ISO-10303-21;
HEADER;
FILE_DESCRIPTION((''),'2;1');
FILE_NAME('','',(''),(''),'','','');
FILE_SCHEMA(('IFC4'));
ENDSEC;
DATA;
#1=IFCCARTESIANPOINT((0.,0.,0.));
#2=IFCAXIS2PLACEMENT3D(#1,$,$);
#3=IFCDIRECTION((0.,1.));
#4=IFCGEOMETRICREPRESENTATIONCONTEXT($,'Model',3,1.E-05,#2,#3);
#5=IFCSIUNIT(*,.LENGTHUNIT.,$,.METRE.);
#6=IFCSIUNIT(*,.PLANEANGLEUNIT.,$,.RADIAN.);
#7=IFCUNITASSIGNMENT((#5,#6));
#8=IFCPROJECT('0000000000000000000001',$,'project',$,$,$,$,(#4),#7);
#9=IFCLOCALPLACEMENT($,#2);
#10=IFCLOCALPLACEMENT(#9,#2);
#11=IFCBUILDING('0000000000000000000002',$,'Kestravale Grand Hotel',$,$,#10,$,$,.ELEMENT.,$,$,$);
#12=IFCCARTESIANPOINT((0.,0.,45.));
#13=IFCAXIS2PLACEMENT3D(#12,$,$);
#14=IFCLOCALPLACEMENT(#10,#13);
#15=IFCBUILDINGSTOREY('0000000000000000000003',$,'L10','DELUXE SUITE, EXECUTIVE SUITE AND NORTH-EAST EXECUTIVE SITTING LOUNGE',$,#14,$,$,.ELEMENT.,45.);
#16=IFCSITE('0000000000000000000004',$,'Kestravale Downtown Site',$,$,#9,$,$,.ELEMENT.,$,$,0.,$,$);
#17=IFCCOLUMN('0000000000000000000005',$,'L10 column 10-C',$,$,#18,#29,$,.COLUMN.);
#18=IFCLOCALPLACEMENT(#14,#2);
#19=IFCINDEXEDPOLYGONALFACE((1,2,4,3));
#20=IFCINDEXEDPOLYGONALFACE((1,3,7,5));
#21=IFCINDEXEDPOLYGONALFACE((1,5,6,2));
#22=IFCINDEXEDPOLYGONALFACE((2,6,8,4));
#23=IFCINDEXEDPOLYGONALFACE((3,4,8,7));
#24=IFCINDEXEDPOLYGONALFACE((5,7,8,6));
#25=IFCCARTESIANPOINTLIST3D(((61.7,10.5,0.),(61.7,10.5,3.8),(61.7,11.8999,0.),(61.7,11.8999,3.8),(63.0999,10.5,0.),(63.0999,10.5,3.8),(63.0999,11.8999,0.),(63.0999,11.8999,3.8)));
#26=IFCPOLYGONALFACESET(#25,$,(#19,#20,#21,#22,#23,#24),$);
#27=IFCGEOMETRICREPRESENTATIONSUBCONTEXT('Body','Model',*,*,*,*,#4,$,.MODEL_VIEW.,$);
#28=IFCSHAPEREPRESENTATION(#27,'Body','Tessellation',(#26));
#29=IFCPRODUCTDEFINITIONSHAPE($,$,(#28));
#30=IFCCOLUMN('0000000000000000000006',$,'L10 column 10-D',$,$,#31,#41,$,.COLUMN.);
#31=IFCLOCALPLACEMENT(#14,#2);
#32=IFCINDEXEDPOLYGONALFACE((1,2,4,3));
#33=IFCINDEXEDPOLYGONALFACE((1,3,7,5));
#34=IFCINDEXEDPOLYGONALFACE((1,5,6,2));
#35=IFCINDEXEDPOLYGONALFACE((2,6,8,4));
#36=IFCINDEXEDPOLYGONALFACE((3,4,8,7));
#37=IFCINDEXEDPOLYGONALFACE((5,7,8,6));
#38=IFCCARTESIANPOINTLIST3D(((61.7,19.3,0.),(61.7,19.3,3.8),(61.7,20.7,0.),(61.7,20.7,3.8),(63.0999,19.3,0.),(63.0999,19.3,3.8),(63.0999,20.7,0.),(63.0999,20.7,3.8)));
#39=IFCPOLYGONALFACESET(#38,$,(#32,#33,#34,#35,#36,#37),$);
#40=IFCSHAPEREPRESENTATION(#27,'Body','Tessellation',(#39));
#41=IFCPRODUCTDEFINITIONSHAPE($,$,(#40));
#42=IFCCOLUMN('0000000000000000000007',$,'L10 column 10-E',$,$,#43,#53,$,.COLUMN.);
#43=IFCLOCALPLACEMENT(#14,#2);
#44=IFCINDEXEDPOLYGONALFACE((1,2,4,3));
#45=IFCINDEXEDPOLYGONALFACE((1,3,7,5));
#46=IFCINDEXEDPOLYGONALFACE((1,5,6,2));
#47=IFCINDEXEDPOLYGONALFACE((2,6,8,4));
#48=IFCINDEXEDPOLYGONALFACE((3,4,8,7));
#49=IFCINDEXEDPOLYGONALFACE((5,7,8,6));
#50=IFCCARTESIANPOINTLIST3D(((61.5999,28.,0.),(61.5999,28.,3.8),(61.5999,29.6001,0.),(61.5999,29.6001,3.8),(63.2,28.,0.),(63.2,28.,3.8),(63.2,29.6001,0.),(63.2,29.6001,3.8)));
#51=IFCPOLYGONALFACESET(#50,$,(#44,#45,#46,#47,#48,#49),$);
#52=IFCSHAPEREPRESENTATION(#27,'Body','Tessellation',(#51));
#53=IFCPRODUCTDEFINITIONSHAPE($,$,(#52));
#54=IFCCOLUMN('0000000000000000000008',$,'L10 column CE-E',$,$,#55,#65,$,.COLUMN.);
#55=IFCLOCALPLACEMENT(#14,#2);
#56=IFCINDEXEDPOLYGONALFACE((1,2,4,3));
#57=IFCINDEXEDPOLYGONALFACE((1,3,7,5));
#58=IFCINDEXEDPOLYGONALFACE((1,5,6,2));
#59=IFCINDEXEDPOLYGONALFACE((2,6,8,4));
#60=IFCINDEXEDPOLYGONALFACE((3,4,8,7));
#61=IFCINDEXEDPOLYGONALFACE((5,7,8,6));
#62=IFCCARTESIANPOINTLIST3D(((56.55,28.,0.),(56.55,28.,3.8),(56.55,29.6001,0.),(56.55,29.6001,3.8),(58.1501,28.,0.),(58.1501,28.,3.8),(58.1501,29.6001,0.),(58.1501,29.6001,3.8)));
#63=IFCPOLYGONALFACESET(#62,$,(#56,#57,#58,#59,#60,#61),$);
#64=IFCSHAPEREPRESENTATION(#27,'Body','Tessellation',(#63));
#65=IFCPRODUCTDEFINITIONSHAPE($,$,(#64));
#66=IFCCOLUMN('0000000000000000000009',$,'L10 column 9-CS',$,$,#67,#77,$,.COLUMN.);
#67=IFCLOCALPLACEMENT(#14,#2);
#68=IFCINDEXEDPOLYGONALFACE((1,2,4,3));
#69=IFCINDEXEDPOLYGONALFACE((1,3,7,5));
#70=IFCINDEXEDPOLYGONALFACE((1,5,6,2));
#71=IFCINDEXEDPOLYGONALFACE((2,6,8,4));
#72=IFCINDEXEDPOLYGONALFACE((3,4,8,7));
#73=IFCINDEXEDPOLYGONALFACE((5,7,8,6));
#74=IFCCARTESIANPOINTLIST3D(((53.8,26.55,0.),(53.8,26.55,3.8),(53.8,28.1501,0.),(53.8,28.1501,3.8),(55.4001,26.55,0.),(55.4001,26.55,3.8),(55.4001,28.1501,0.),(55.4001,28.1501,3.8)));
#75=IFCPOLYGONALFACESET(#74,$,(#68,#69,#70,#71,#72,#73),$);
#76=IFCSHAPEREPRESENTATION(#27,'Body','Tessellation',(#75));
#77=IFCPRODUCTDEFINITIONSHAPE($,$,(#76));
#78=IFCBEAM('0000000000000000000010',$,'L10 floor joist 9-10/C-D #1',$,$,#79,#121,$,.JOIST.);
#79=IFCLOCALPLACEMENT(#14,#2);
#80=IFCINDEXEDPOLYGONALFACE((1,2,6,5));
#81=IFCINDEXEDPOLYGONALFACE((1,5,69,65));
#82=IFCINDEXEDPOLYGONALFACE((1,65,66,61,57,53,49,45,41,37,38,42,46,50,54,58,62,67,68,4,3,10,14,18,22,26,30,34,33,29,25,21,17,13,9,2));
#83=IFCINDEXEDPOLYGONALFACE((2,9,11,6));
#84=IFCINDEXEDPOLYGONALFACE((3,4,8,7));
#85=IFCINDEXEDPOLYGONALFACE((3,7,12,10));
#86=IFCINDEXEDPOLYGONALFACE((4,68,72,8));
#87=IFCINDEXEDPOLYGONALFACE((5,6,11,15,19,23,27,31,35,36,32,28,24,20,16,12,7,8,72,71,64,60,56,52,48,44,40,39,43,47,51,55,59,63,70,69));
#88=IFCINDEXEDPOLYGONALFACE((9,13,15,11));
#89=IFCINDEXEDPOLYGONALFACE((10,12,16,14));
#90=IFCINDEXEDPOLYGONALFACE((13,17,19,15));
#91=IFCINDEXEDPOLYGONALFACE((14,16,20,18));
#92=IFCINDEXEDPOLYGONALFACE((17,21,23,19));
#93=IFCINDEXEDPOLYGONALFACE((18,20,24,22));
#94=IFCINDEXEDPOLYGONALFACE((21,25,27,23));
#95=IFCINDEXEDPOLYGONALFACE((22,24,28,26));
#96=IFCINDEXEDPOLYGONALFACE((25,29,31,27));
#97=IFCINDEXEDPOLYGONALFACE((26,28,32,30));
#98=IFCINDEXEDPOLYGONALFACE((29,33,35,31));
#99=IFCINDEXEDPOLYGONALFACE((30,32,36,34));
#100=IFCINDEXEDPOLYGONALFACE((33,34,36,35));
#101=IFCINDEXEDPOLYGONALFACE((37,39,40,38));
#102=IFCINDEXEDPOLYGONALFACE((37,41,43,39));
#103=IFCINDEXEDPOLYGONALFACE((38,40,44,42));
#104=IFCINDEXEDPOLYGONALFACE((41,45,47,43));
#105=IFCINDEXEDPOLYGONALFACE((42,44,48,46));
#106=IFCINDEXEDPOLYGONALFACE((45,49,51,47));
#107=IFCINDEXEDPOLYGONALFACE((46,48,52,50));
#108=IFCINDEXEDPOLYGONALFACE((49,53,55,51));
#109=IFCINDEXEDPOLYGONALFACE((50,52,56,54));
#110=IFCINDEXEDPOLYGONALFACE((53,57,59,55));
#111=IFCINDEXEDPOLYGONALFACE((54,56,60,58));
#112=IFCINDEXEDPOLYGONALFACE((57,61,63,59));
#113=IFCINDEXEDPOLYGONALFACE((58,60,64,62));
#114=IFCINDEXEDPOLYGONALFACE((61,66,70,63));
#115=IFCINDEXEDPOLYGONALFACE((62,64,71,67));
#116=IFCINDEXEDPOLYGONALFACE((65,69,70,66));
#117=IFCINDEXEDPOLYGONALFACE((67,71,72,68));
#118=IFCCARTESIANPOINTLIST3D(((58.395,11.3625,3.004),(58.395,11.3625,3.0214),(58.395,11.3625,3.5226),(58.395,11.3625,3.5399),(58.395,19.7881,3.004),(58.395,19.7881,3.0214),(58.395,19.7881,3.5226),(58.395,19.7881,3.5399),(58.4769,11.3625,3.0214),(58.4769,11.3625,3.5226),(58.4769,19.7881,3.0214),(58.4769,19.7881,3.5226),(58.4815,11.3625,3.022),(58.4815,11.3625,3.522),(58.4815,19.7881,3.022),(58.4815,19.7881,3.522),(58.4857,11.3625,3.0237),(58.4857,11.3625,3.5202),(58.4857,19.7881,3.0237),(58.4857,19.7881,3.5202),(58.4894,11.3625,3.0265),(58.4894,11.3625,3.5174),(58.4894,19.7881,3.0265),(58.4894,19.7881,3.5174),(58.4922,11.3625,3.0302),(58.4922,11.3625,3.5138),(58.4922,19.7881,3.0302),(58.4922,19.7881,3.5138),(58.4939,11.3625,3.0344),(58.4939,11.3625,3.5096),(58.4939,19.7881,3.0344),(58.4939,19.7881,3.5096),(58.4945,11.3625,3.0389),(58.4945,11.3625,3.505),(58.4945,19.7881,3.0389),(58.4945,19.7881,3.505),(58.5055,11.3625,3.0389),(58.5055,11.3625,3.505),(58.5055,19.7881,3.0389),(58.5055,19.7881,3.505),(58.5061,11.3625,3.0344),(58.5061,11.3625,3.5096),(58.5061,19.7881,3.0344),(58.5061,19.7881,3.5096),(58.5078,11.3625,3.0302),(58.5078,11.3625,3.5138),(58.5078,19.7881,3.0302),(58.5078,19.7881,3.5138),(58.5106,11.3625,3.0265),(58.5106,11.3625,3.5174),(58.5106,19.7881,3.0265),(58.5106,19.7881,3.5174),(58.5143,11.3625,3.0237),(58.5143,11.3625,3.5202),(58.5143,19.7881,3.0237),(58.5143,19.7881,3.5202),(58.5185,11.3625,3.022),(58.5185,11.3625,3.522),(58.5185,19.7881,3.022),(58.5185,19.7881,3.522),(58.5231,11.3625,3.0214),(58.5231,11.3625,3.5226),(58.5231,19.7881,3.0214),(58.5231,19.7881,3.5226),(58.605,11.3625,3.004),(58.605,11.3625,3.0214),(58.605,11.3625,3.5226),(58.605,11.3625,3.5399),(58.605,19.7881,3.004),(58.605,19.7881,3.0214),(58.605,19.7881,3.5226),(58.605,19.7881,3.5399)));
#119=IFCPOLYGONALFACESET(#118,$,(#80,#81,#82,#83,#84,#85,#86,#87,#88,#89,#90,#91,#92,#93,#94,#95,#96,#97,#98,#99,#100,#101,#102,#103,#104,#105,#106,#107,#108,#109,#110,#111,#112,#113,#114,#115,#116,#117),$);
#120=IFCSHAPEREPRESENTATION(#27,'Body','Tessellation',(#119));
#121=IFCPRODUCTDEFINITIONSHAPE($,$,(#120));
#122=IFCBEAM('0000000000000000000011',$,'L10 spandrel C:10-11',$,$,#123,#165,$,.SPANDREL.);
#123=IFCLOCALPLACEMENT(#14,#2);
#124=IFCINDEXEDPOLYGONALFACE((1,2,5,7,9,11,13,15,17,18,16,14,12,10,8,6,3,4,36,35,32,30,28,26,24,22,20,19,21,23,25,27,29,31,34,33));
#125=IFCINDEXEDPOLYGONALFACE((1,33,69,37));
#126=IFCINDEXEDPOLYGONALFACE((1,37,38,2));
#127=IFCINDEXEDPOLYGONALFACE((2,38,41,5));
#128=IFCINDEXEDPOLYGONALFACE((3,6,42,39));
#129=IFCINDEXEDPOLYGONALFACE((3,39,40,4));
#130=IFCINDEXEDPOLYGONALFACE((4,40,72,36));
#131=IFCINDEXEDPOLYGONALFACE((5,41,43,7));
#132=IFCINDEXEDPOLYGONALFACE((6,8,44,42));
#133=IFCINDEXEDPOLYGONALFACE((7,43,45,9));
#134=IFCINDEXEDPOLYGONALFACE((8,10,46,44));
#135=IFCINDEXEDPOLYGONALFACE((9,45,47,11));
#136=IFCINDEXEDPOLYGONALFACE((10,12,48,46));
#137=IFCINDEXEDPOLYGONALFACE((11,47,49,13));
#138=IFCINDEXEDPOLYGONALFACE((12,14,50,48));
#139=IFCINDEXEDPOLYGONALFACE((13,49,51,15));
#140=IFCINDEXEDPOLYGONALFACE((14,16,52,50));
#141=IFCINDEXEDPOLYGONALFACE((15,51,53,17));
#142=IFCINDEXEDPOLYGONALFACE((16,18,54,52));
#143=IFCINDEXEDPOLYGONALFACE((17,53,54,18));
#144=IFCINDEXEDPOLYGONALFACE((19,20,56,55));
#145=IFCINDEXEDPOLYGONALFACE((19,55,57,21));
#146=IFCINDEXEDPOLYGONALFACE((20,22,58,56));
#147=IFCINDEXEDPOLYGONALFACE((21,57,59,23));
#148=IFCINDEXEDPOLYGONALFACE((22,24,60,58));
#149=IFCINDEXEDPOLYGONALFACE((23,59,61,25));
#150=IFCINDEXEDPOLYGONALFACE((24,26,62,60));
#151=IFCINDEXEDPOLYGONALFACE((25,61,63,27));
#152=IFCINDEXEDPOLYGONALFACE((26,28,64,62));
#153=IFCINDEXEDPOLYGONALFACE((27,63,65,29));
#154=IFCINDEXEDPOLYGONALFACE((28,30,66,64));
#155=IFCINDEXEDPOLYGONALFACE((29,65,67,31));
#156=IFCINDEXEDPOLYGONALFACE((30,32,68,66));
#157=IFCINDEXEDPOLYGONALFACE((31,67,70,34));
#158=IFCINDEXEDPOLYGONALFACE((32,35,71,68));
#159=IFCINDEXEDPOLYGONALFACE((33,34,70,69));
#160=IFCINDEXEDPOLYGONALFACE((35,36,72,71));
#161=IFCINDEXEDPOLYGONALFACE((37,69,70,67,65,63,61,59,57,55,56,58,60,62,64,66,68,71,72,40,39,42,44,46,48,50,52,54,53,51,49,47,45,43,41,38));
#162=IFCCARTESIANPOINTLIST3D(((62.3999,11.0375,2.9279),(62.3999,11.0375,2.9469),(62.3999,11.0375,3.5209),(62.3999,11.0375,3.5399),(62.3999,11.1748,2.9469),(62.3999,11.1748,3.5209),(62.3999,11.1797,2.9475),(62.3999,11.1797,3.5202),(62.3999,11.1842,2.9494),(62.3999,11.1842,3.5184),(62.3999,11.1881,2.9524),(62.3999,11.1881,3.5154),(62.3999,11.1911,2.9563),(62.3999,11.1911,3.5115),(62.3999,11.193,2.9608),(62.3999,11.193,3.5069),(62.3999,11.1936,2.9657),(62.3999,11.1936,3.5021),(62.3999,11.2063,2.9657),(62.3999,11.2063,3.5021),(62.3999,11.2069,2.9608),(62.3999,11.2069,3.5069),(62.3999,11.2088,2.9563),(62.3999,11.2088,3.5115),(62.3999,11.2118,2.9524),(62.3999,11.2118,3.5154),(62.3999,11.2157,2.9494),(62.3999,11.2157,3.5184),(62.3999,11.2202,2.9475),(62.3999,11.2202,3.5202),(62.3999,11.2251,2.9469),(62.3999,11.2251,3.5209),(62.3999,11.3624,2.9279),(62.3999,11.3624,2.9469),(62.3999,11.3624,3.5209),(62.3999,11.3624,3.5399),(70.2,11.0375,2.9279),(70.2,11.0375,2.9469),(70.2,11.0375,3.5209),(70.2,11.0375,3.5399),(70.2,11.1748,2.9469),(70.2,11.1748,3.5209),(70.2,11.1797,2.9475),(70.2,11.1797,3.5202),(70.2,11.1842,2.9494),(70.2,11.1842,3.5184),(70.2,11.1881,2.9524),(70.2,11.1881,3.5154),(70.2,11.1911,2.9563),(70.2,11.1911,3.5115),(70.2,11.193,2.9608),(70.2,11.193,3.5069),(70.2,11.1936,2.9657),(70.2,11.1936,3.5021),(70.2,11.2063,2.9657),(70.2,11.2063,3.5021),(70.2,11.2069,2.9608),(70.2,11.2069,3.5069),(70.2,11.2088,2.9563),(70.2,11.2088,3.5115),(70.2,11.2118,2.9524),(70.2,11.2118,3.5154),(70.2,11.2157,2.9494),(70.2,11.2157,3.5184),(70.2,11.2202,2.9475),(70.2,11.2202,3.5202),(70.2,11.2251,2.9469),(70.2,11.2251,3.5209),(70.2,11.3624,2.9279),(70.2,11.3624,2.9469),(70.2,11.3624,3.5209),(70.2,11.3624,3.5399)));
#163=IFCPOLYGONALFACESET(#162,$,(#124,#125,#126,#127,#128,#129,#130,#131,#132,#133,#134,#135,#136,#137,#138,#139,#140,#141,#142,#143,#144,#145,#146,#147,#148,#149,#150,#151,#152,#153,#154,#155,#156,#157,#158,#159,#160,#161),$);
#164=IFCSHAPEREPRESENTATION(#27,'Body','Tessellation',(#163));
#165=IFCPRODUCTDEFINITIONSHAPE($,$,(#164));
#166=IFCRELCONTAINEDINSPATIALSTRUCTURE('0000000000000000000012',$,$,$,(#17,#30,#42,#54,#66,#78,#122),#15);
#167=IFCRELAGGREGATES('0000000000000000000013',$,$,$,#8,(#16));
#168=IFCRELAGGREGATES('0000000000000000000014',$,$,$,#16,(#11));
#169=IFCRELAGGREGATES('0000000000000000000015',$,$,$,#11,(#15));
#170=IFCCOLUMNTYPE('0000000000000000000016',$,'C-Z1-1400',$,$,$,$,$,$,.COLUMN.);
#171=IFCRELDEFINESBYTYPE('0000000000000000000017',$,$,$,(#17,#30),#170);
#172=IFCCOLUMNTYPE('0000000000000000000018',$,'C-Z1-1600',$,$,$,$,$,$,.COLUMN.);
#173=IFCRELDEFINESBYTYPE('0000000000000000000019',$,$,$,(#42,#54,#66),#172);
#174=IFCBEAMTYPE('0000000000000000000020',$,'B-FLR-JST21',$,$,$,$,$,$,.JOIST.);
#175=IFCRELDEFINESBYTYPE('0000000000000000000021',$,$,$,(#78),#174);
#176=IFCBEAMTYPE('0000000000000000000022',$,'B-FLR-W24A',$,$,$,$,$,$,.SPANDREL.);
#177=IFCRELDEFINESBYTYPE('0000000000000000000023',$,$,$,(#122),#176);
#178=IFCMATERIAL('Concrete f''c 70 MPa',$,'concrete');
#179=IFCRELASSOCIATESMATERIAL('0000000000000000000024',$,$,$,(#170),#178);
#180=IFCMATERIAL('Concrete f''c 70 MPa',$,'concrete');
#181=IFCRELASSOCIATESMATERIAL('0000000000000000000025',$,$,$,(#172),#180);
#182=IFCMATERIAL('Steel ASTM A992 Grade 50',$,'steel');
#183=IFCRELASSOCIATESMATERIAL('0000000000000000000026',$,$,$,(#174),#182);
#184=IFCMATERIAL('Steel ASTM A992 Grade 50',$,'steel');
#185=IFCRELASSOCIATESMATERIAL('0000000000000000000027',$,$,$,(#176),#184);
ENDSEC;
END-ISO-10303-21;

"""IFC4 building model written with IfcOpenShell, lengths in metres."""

from ifc_helpers import new_model, si_unit, direction, frame, origin, origin_2d, place, context, subcontext, project, spatial, rectangle, i_section, extrude, material, material_profile, profile_set, type_object, element, save


model = new_model("IFC4")

# Units and contexts
model_context = context("Model", 3, precision=1e-05, world=origin(), true_north=direction((0.0, 1.0)))
body_context = subcontext(model_context, "Body", "Model", "MODEL_VIEW")
ifc_project = project(units=[si_unit("LENGTHUNIT", "METRE"), si_unit("PLANEANGLEUNIT", "RADIAN")], contexts=[model_context])

# Site, building, storey
site_placement = place(None, origin())
site = spatial("IfcSite", under=ifc_project, at=site_placement, Name="Kestravale Downtown Site", CompositionType="ELEMENT", RefElevation=0.0)
building_placement = place(site_placement, origin())
building = spatial("IfcBuilding", under=site, at=building_placement, Name="Kestravale Grand Hotel", CompositionType="ELEMENT")
storey_placement = place(building_placement, frame((0.0, 0.0, 45.0)))
storey = spatial("IfcBuildingStorey", under=building, at=storey_placement, Name="L10", Description="DELUXE SUITE, EXECUTIVE SUITE AND NORTH-EAST EXECUTIVE SITTING LOUNGE", CompositionType="ELEMENT", Elevation=45.0)

# Columns
ifc_material_1 = material(Name="Concrete f'c 70 MPa", Category="concrete")
ifc_material_profile_1 = material_profile(ifc_material_1, rectangle(XDim=1.3999, YDim=1.3999, at=origin_2d()))
ifc_profile_set_1 = profile_set([ifc_material_profile_1], Name="Concrete f'c 70 MPa")
column_type_1 = type_object("IfcColumnType", Name="C-Z1-1400", PredefinedType="COLUMN", material=ifc_profile_set_1)
for number, where, z_axis, x_axis, name in (
    (1, (62.3999, 11.2, 0.0), (0.0, 0.0, 1.0), (1.0, 0.0, 0.0), "L10 column 10-C"),
    (2, (62.3999, 20.0, 0.0), (0.0, 0.0, 1.0), (1.0, 0.0, 0.0), "L10 column 10-D"),
):
    element("IfcColumn", number, at=place(storey_placement, frame(where, z_axis=z_axis, x_axis=x_axis)), inside=storey, type_object=column_type_1, Name=name, PredefinedType="COLUMN", context=body_context, shape_type="SweptSolid", body=[
        extrude(rectangle(XDim=1.3999, YDim=1.3999, at=origin_2d()), origin(), (0.0, 0.0, 1.0), 3.8),
    ])
ifc_material_2 = material(Name="Concrete f'c 70 MPa", Category="concrete")
ifc_material_profile_2 = material_profile(ifc_material_2, rectangle(XDim=1.6001, YDim=1.6001, at=origin_2d()))
ifc_profile_set_2 = profile_set([ifc_material_profile_2], Name="Concrete f'c 70 MPa")
column_type_2 = type_object("IfcColumnType", Name="C-Z1-1600", PredefinedType="COLUMN", material=ifc_profile_set_2)
for number, where, z_axis, x_axis, name in (
    (3, (62.3999, 28.8, 0.0), (0.0, 0.0, 1.0), (1.0, 0.0, 0.0), "L10 column 10-E"),
    (4, (57.3501, 28.8, 0.0), (0.0, 0.0, 1.0), (1.0, 0.0, 0.0), "L10 column CE-E"),
    (5, (54.6001, 27.3501, 0.0), (0.0, 0.0, 1.0), (1.0, 0.0, 0.0), "L10 column 9-CS"),
):
    element("IfcColumn", number, at=place(storey_placement, frame(where, z_axis=z_axis, x_axis=x_axis)), inside=storey, type_object=column_type_2, Name=name, PredefinedType="COLUMN", context=body_context, shape_type="SweptSolid", body=[
        extrude(rectangle(XDim=1.6001, YDim=1.6001, at=origin_2d()), origin(), (0.0, 0.0, 1.0), 3.8),
    ])

# Beams
ifc_material_3 = material(Name="Steel ASTM A992 Grade 50", Category="steel")
ifc_material_profile_3 = material_profile(ifc_material_3, i_section(OverallWidth=0.21, OverallDepth=0.5359, WebThickness=0.011, FlangeThickness=0.0173, FilletRadius=0.0176, at=origin_2d()))
ifc_profile_set_3 = profile_set([ifc_material_profile_3], Name="Steel ASTM A992 Grade 50")
beam_type_1 = type_object("IfcBeamType", Name="B-FLR-JST21", PredefinedType="JOIST", material=ifc_profile_set_3)
beam_1_placement = place(storey_placement, frame((58.5, 11.3625, 3.272), z_axis=(0.0, 1.0, 0.0), x_axis=(-1.0, 0.0, 0.0)))
element("IfcBeam", 6, at=beam_1_placement, inside=storey, type_object=beam_type_1, Name="L10 floor joist 9-10/C-D #1", PredefinedType="JOIST", context=body_context, shape_type="SweptSolid", body=[
    extrude(i_section(OverallWidth=0.21, OverallDepth=0.5359, WebThickness=0.011, FlangeThickness=0.0173, FilletRadius=0.0176, at=origin_2d()), origin(), (0.0, 0.0, 1.0), 8.4255),
])
ifc_material_4 = material(Name="Steel ASTM A992 Grade 50", Category="steel")
ifc_material_profile_4 = material_profile(ifc_material_4, i_section(OverallWidth=0.325, OverallDepth=0.6121, WebThickness=0.0127, FlangeThickness=0.019, FilletRadius=0.0188, at=origin_2d()))
ifc_profile_set_4 = profile_set([ifc_material_profile_4], Name="Steel ASTM A992 Grade 50")
beam_type_2 = type_object("IfcBeamType", Name="B-FLR-W24A", PredefinedType="SPANDREL", material=ifc_profile_set_4)
beam_2_placement = place(storey_placement, frame((62.3999, 11.2, 3.2339), z_axis=(1.0, 0.0, 0.0), x_axis=(0.0, 1.0, 0.0)))
element("IfcBeam", 7, at=beam_2_placement, inside=storey, type_object=beam_type_2, Name="L10 spandrel C:10-11", PredefinedType="SPANDREL", context=body_context, shape_type="SweptSolid", body=[
    extrude(i_section(OverallWidth=0.325, OverallDepth=0.6121, WebThickness=0.0127, FlangeThickness=0.019, FilletRadius=0.0188, at=origin_2d()), origin(), (0.0, 0.0, 1.0), 7.8),
])

save(model, "model.ifc")
